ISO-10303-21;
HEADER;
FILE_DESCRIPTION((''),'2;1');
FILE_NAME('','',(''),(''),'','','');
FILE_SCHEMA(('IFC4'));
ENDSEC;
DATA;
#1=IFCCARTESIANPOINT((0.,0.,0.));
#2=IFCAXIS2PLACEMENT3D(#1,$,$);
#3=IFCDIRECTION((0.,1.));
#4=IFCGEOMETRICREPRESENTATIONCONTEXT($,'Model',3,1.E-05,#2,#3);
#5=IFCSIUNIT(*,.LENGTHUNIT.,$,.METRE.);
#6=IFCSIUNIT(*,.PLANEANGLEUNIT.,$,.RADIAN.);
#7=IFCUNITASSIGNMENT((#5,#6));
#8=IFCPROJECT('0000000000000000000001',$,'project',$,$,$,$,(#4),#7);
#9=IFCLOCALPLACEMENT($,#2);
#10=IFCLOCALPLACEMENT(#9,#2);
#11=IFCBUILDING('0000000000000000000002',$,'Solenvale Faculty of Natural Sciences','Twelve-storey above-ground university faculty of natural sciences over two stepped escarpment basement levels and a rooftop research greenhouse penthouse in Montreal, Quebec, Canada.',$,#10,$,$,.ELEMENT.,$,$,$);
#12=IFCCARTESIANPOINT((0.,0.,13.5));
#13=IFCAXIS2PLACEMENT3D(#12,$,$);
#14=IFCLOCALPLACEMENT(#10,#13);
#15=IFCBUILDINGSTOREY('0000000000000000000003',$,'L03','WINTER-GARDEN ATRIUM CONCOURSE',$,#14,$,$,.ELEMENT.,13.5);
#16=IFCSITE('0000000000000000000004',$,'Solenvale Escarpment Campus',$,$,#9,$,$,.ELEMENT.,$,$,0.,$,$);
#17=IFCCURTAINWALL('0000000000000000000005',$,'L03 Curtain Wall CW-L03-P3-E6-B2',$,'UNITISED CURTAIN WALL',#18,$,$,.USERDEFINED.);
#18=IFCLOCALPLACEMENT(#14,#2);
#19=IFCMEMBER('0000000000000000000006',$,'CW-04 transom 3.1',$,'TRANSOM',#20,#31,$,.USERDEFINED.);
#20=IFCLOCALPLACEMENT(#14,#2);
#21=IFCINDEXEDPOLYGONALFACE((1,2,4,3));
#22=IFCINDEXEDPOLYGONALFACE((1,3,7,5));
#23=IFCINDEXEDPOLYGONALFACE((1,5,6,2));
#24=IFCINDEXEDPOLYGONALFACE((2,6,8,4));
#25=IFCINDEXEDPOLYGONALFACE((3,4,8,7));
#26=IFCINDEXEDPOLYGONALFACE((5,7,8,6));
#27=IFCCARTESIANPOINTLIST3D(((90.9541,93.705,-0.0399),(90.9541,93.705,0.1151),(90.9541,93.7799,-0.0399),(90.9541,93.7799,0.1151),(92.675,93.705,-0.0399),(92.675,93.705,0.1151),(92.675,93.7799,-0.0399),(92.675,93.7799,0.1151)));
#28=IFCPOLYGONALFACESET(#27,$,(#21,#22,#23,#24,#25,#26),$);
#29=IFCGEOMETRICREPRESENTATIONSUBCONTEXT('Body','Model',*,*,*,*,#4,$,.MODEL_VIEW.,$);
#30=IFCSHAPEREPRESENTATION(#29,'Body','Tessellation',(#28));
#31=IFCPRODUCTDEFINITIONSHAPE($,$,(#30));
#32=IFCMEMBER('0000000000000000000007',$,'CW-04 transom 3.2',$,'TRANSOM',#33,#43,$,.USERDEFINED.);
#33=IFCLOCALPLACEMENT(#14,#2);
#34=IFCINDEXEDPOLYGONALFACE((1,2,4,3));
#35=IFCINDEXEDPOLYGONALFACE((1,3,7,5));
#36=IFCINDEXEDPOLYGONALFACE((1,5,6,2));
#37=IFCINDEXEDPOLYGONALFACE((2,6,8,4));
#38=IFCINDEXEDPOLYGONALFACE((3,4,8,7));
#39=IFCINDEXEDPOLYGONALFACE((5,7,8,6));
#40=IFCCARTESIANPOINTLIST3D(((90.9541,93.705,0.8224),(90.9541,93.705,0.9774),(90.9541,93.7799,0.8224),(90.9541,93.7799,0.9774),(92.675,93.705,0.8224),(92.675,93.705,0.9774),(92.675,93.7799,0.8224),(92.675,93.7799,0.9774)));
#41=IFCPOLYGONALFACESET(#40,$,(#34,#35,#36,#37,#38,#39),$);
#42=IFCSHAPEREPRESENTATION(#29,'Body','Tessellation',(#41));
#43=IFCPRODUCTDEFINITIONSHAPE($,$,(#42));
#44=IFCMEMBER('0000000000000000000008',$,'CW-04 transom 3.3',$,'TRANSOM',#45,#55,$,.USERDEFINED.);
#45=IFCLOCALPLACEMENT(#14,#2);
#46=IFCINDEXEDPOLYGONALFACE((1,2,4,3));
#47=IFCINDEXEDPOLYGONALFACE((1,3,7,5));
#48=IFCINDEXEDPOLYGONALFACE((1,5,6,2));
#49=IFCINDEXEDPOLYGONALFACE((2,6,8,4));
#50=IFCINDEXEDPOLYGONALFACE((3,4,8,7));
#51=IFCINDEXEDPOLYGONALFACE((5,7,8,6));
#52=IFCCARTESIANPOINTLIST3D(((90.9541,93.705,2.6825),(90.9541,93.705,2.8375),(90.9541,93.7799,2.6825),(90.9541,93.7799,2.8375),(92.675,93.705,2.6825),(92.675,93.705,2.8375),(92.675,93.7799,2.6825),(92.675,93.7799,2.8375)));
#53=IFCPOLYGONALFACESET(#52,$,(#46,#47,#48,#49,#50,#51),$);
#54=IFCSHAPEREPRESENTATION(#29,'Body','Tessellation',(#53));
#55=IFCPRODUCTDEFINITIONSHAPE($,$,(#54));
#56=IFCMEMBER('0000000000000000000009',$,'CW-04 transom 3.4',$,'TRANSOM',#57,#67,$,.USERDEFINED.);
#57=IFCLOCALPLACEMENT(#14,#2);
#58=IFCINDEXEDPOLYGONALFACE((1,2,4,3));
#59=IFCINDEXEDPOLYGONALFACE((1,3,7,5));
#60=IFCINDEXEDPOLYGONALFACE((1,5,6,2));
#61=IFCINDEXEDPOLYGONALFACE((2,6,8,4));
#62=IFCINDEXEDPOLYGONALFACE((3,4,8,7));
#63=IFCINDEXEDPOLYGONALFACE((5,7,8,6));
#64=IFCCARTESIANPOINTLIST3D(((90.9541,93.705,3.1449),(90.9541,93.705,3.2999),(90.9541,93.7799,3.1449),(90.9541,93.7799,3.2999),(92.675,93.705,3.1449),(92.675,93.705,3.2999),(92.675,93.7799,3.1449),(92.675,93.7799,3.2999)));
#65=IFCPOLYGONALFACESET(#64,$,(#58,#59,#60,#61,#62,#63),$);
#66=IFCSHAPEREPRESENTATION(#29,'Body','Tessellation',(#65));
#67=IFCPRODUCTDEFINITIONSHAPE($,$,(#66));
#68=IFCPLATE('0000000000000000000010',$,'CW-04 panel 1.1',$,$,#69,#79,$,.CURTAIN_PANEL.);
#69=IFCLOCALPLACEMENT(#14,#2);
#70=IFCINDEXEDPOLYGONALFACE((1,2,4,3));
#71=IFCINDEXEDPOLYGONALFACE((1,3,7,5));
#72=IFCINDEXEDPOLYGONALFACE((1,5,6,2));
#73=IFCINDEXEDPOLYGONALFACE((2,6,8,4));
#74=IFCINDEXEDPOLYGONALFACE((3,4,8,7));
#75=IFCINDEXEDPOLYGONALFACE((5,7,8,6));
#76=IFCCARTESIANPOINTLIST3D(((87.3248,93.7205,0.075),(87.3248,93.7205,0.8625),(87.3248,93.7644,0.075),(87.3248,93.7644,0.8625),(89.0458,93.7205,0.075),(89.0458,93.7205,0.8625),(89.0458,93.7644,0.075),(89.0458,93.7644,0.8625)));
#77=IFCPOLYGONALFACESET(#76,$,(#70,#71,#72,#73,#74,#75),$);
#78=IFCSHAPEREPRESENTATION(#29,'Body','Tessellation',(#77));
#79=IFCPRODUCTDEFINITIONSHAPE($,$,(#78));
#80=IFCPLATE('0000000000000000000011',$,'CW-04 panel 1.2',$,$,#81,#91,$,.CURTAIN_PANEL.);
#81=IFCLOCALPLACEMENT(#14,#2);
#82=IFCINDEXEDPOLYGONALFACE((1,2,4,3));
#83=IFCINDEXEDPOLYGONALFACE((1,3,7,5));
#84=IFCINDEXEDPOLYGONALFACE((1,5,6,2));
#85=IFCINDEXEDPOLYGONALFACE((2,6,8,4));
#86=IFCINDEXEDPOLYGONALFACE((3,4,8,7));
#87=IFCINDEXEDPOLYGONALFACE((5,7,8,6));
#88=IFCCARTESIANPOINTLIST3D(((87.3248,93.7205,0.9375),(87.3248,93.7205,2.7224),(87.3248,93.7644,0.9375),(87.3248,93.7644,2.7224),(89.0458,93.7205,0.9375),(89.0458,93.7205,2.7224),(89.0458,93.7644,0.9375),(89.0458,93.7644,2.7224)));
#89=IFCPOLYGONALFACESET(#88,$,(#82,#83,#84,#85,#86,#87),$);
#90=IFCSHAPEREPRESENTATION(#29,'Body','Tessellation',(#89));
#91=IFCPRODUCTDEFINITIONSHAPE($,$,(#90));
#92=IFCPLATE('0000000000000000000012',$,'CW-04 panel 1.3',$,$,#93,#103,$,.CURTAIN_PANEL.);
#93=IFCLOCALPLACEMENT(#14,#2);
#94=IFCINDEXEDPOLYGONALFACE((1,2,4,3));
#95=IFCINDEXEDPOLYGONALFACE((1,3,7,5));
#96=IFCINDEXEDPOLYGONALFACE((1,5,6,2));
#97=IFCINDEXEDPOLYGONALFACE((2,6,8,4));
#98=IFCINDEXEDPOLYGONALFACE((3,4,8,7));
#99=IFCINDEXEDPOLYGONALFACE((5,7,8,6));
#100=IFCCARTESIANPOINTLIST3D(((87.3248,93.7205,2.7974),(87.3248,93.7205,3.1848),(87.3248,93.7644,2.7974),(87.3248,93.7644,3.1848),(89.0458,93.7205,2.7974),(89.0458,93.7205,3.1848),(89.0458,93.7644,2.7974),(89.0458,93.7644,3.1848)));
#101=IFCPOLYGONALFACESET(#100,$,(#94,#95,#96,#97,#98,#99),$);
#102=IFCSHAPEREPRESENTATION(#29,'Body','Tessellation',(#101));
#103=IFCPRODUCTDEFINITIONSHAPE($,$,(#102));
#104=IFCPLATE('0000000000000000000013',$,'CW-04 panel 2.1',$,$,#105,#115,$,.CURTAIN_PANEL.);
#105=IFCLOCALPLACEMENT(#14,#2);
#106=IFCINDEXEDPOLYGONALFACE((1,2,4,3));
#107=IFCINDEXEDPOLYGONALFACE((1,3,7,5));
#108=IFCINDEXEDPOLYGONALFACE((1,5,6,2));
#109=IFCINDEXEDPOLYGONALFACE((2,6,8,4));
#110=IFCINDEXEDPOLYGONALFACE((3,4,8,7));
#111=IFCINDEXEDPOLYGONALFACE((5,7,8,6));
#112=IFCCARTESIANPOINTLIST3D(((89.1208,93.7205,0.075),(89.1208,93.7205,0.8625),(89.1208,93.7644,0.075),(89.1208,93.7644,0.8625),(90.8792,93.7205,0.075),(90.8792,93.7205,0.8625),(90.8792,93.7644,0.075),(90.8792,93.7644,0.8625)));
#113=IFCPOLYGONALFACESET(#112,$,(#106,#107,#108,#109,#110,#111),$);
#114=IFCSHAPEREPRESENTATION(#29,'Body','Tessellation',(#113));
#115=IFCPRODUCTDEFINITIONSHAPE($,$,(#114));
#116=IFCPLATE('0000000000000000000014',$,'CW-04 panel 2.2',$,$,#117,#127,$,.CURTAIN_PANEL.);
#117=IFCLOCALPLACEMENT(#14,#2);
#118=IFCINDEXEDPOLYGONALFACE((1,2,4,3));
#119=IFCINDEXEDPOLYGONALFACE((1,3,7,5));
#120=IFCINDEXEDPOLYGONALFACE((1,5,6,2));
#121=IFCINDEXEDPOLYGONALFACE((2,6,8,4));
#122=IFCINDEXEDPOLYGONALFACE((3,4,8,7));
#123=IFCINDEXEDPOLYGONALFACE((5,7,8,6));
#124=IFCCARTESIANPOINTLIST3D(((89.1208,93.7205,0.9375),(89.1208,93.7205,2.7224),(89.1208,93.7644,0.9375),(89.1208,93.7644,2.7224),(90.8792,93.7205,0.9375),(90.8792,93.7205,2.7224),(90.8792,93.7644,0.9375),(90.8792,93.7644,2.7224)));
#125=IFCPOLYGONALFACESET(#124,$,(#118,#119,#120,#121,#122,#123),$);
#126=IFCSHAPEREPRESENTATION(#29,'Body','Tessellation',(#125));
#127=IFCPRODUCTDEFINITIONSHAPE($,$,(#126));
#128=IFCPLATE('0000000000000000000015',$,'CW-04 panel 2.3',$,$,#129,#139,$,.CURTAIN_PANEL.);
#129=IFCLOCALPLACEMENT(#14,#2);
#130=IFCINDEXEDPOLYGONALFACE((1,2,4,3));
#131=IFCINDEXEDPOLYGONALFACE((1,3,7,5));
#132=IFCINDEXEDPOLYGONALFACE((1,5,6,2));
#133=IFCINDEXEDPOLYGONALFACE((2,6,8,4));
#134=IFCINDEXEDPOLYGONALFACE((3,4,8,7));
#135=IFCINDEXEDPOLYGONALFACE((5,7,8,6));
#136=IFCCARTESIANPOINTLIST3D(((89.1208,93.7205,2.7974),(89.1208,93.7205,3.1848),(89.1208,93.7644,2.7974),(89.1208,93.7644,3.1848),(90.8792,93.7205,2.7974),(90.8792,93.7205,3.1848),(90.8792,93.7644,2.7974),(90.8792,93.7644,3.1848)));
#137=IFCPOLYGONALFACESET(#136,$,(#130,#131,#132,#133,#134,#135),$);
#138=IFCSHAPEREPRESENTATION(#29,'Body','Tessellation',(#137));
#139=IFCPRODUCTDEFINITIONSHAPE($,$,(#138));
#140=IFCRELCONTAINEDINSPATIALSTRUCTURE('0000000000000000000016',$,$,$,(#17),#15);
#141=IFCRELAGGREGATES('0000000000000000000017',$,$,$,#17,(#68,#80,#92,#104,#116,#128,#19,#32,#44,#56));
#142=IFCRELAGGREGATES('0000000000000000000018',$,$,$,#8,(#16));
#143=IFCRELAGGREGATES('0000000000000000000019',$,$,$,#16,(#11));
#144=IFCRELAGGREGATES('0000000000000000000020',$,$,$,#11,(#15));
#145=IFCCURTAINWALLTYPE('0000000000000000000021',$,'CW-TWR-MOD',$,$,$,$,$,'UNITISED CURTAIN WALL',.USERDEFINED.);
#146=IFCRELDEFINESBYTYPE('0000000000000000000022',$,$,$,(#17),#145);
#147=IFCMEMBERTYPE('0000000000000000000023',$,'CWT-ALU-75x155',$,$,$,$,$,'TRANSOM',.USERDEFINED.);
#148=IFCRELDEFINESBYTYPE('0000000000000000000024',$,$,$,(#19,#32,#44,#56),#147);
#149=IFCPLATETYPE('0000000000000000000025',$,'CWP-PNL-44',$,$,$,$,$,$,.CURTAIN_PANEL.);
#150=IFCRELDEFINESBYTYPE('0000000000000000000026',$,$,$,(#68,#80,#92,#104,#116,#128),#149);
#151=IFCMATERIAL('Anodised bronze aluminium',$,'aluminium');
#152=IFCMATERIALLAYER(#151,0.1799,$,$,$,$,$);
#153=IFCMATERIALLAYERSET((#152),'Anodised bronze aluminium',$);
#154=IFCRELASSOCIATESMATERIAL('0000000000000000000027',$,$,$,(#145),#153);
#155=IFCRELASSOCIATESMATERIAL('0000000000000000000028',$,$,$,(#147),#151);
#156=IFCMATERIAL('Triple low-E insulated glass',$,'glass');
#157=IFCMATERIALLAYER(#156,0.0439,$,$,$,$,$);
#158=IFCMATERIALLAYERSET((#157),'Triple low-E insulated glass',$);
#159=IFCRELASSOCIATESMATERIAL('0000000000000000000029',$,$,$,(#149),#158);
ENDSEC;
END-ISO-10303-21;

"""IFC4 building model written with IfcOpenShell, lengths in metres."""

from ifc_helpers import new_model, si_unit, direction, frame, origin, origin_2d, place, context, subcontext, project, spatial, rectangle, extrude, material, layer, layer_set, material_profile, profile_set, type_object, element, aggregate, save


model = new_model("IFC4")

# Units and contexts
model_context = context("Model", 3, precision=1e-05, world=origin(), true_north=direction((0.0, 1.0)))
body_context = subcontext(model_context, "Body", "Model", "MODEL_VIEW")
ifc_project = project(units=[si_unit("LENGTHUNIT", "METRE"), si_unit("PLANEANGLEUNIT", "RADIAN")], contexts=[model_context])

# Site, building, storey
site_placement = place(None, origin())
site = spatial("IfcSite", under=ifc_project, at=site_placement, Name="Solenvale Escarpment Campus", CompositionType="ELEMENT", RefElevation=0.0)
building_placement = place(site_placement, origin())
building = spatial("IfcBuilding", under=site, at=building_placement, Name="Solenvale Faculty of Natural Sciences", Description="Twelve-storey above-ground university faculty of natural sciences over two stepped escarpment basement levels and a rooftop research greenhouse penthouse in Montreal, Quebec, Canada.", CompositionType="ELEMENT")
storey_placement = place(building_placement, frame((0.0, 0.0, 13.5)))
storey = spatial("IfcBuildingStorey", under=building, at=storey_placement, Name="L03", Description="WINTER-GARDEN ATRIUM CONCOURSE", CompositionType="ELEMENT", Elevation=13.5)

# Curtain wall, members, plates
ifc_material_1 = material(Name="Anodised bronze aluminium", Category="aluminium")
ifc_layer_1 = layer(ifc_material_1, 0.1799)
ifc_layer_set_1 = layer_set([ifc_layer_1], Name="Anodised bronze aluminium")
curtain_wall_type = type_object("IfcCurtainWallType", Name="CW-TWR-MOD", ElementType="UNITISED CURTAIN WALL", PredefinedType="USERDEFINED", material=ifc_layer_set_1)
curtain_wall_placement = place(storey_placement, origin())
curtain_wall = element("IfcCurtainWall", 1, at=curtain_wall_placement, inside=storey, type_object=curtain_wall_type, Name="L03 Curtain Wall CW-L03-P3-E6-B2", ObjectType="UNITISED CURTAIN WALL", PredefinedType="USERDEFINED")
ifc_material_profile_1 = material_profile(ifc_material_1, rectangle(XDim=0.075, YDim=0.155, at=origin_2d()), Name="ALU-TRN-75x155")
ifc_profile_set_1 = profile_set([ifc_material_profile_1], Name="Anodised bronze aluminium")
member_type_1 = type_object("IfcMemberType", Name="CWT-ALU-75x155", ElementType="TRANSOM", PredefinedType="USERDEFINED", material=ifc_profile_set_1)
member_1_placement = place(storey_placement, frame((90.9541, 93.7424, 0.0376), z_axis=(1.0, 0.0, 0.0), x_axis=(0.0, 1.0, 0.0)))
member_1 = element("IfcMember", 2, at=member_1_placement, type_object=member_type_1, Name="CW-04 transom 3.1", ObjectType="TRANSOM", PredefinedType="USERDEFINED", context=body_context, shape_type="SweptSolid", body=[
    extrude(rectangle(XDim=0.075, YDim=0.155, at=origin_2d()), origin(), (0.0, 0.0, 1.0), 1.7209),
])
member_2_placement = place(storey_placement, frame((90.9541, 93.7424, 0.8999), z_axis=(1.0, 0.0, 0.0), x_axis=(0.0, 1.0, 0.0)))
member_2 = element("IfcMember", 3, at=member_2_placement, type_object=member_type_1, Name="CW-04 transom 3.2", ObjectType="TRANSOM", PredefinedType="USERDEFINED", context=body_context, shape_type="SweptSolid", body=[
    extrude(rectangle(XDim=0.075, YDim=0.155, at=origin_2d()), origin(), (0.0, 0.0, 1.0), 1.7209),
])
member_3_placement = place(storey_placement, frame((90.9541, 93.7424, 2.76), z_axis=(1.0, 0.0, 0.0), x_axis=(0.0, 1.0, 0.0)))
member_3 = element("IfcMember", 4, at=member_3_placement, type_object=member_type_1, Name="CW-04 transom 3.3", ObjectType="TRANSOM", PredefinedType="USERDEFINED", context=body_context, shape_type="SweptSolid", body=[
    extrude(rectangle(XDim=0.075, YDim=0.155, at=origin_2d()), origin(), (0.0, 0.0, 1.0), 1.7209),
])
member_4_placement = place(storey_placement, frame((90.9541, 93.7424, 3.2224), z_axis=(1.0, 0.0, 0.0), x_axis=(0.0, 1.0, 0.0)))
member_4 = element("IfcMember", 5, at=member_4_placement, type_object=member_type_1, Name="CW-04 transom 3.4", ObjectType="TRANSOM", PredefinedType="USERDEFINED", context=body_context, shape_type="SweptSolid", body=[
    extrude(rectangle(XDim=0.075, YDim=0.155, at=origin_2d()), origin(), (0.0, 0.0, 1.0), 1.7209),
])
ifc_material_2 = material(Name="Triple low-E insulated glass", Category="glass")
ifc_layer_2 = layer(ifc_material_2, 0.0439)
ifc_layer_set_2 = layer_set([ifc_layer_2], Name="Triple low-E insulated glass")
plate_type = type_object("IfcPlateType", Name="CWP-PNL-44", PredefinedType="CURTAIN_PANEL", material=ifc_layer_set_2)
plate_1_placement = place(storey_placement, frame((88.1853, 93.7424, 0.075), z_axis=(0.0, 0.0, 1.0), x_axis=(1.0, 0.0, 0.0)))
plate_1 = element("IfcPlate", 6, at=plate_1_placement, type_object=plate_type, Name="CW-04 panel 1.1", PredefinedType="CURTAIN_PANEL", context=body_context, shape_type="SweptSolid", body=[
    extrude(rectangle(XDim=1.7209, YDim=0.0439, at=origin_2d()), origin(), (0.0, 0.0, 1.0), 0.7876),
])
plate_2_placement = place(storey_placement, frame((88.1853, 93.7424, 0.9375), z_axis=(0.0, 0.0, 1.0), x_axis=(1.0, 0.0, 0.0)))
plate_2 = element("IfcPlate", 7, at=plate_2_placement, type_object=plate_type, Name="CW-04 panel 1.2", PredefinedType="CURTAIN_PANEL", context=body_context, shape_type="SweptSolid", body=[
    extrude(rectangle(XDim=1.7209, YDim=0.0439, at=origin_2d()), origin(), (0.0, 0.0, 1.0), 1.7849),
])
plate_3_placement = place(storey_placement, frame((88.1853, 93.7424, 2.7974), z_axis=(0.0, 0.0, 1.0), x_axis=(1.0, 0.0, 0.0)))
plate_3 = element("IfcPlate", 8, at=plate_3_placement, type_object=plate_type, Name="CW-04 panel 1.3", PredefinedType="CURTAIN_PANEL", context=body_context, shape_type="SweptSolid", body=[
    extrude(rectangle(XDim=1.7209, YDim=0.0439, at=origin_2d()), origin(), (0.0, 0.0, 1.0), 0.3875),
])
plate_4_placement = place(storey_placement, frame((90.0, 93.7424, 0.075), z_axis=(0.0, 0.0, 1.0), x_axis=(1.0, 0.0, 0.0)))
plate_4 = element("IfcPlate", 9, at=plate_4_placement, type_object=plate_type, Name="CW-04 panel 2.1", PredefinedType="CURTAIN_PANEL", context=body_context, shape_type="SweptSolid", body=[
    extrude(rectangle(XDim=1.7583, YDim=0.0439, at=origin_2d()), origin(), (0.0, 0.0, 1.0), 0.7876),
])
plate_5_placement = place(storey_placement, frame((90.0, 93.7424, 0.9375), z_axis=(0.0, 0.0, 1.0), x_axis=(1.0, 0.0, 0.0)))
plate_5 = element("IfcPlate", 10, at=plate_5_placement, type_object=plate_type, Name="CW-04 panel 2.2", PredefinedType="CURTAIN_PANEL", context=body_context, shape_type="SweptSolid", body=[
    extrude(rectangle(XDim=1.7583, YDim=0.0439, at=origin_2d()), origin(), (0.0, 0.0, 1.0), 1.7849),
])
plate_6_placement = place(storey_placement, frame((90.0, 93.7424, 2.7974), z_axis=(0.0, 0.0, 1.0), x_axis=(1.0, 0.0, 0.0)))
plate_6 = element("IfcPlate", 11, at=plate_6_placement, type_object=plate_type, Name="CW-04 panel 2.3", PredefinedType="CURTAIN_PANEL", context=body_context, shape_type="SweptSolid", body=[
    extrude(rectangle(XDim=1.7583, YDim=0.0439, at=origin_2d()), origin(), (0.0, 0.0, 1.0), 0.3875),
])
aggregate(curtain_wall, [plate_1, plate_2, plate_3, plate_4, plate_5, plate_6, member_1, member_2, member_3, member_4])

save(model, "model.ifc")
